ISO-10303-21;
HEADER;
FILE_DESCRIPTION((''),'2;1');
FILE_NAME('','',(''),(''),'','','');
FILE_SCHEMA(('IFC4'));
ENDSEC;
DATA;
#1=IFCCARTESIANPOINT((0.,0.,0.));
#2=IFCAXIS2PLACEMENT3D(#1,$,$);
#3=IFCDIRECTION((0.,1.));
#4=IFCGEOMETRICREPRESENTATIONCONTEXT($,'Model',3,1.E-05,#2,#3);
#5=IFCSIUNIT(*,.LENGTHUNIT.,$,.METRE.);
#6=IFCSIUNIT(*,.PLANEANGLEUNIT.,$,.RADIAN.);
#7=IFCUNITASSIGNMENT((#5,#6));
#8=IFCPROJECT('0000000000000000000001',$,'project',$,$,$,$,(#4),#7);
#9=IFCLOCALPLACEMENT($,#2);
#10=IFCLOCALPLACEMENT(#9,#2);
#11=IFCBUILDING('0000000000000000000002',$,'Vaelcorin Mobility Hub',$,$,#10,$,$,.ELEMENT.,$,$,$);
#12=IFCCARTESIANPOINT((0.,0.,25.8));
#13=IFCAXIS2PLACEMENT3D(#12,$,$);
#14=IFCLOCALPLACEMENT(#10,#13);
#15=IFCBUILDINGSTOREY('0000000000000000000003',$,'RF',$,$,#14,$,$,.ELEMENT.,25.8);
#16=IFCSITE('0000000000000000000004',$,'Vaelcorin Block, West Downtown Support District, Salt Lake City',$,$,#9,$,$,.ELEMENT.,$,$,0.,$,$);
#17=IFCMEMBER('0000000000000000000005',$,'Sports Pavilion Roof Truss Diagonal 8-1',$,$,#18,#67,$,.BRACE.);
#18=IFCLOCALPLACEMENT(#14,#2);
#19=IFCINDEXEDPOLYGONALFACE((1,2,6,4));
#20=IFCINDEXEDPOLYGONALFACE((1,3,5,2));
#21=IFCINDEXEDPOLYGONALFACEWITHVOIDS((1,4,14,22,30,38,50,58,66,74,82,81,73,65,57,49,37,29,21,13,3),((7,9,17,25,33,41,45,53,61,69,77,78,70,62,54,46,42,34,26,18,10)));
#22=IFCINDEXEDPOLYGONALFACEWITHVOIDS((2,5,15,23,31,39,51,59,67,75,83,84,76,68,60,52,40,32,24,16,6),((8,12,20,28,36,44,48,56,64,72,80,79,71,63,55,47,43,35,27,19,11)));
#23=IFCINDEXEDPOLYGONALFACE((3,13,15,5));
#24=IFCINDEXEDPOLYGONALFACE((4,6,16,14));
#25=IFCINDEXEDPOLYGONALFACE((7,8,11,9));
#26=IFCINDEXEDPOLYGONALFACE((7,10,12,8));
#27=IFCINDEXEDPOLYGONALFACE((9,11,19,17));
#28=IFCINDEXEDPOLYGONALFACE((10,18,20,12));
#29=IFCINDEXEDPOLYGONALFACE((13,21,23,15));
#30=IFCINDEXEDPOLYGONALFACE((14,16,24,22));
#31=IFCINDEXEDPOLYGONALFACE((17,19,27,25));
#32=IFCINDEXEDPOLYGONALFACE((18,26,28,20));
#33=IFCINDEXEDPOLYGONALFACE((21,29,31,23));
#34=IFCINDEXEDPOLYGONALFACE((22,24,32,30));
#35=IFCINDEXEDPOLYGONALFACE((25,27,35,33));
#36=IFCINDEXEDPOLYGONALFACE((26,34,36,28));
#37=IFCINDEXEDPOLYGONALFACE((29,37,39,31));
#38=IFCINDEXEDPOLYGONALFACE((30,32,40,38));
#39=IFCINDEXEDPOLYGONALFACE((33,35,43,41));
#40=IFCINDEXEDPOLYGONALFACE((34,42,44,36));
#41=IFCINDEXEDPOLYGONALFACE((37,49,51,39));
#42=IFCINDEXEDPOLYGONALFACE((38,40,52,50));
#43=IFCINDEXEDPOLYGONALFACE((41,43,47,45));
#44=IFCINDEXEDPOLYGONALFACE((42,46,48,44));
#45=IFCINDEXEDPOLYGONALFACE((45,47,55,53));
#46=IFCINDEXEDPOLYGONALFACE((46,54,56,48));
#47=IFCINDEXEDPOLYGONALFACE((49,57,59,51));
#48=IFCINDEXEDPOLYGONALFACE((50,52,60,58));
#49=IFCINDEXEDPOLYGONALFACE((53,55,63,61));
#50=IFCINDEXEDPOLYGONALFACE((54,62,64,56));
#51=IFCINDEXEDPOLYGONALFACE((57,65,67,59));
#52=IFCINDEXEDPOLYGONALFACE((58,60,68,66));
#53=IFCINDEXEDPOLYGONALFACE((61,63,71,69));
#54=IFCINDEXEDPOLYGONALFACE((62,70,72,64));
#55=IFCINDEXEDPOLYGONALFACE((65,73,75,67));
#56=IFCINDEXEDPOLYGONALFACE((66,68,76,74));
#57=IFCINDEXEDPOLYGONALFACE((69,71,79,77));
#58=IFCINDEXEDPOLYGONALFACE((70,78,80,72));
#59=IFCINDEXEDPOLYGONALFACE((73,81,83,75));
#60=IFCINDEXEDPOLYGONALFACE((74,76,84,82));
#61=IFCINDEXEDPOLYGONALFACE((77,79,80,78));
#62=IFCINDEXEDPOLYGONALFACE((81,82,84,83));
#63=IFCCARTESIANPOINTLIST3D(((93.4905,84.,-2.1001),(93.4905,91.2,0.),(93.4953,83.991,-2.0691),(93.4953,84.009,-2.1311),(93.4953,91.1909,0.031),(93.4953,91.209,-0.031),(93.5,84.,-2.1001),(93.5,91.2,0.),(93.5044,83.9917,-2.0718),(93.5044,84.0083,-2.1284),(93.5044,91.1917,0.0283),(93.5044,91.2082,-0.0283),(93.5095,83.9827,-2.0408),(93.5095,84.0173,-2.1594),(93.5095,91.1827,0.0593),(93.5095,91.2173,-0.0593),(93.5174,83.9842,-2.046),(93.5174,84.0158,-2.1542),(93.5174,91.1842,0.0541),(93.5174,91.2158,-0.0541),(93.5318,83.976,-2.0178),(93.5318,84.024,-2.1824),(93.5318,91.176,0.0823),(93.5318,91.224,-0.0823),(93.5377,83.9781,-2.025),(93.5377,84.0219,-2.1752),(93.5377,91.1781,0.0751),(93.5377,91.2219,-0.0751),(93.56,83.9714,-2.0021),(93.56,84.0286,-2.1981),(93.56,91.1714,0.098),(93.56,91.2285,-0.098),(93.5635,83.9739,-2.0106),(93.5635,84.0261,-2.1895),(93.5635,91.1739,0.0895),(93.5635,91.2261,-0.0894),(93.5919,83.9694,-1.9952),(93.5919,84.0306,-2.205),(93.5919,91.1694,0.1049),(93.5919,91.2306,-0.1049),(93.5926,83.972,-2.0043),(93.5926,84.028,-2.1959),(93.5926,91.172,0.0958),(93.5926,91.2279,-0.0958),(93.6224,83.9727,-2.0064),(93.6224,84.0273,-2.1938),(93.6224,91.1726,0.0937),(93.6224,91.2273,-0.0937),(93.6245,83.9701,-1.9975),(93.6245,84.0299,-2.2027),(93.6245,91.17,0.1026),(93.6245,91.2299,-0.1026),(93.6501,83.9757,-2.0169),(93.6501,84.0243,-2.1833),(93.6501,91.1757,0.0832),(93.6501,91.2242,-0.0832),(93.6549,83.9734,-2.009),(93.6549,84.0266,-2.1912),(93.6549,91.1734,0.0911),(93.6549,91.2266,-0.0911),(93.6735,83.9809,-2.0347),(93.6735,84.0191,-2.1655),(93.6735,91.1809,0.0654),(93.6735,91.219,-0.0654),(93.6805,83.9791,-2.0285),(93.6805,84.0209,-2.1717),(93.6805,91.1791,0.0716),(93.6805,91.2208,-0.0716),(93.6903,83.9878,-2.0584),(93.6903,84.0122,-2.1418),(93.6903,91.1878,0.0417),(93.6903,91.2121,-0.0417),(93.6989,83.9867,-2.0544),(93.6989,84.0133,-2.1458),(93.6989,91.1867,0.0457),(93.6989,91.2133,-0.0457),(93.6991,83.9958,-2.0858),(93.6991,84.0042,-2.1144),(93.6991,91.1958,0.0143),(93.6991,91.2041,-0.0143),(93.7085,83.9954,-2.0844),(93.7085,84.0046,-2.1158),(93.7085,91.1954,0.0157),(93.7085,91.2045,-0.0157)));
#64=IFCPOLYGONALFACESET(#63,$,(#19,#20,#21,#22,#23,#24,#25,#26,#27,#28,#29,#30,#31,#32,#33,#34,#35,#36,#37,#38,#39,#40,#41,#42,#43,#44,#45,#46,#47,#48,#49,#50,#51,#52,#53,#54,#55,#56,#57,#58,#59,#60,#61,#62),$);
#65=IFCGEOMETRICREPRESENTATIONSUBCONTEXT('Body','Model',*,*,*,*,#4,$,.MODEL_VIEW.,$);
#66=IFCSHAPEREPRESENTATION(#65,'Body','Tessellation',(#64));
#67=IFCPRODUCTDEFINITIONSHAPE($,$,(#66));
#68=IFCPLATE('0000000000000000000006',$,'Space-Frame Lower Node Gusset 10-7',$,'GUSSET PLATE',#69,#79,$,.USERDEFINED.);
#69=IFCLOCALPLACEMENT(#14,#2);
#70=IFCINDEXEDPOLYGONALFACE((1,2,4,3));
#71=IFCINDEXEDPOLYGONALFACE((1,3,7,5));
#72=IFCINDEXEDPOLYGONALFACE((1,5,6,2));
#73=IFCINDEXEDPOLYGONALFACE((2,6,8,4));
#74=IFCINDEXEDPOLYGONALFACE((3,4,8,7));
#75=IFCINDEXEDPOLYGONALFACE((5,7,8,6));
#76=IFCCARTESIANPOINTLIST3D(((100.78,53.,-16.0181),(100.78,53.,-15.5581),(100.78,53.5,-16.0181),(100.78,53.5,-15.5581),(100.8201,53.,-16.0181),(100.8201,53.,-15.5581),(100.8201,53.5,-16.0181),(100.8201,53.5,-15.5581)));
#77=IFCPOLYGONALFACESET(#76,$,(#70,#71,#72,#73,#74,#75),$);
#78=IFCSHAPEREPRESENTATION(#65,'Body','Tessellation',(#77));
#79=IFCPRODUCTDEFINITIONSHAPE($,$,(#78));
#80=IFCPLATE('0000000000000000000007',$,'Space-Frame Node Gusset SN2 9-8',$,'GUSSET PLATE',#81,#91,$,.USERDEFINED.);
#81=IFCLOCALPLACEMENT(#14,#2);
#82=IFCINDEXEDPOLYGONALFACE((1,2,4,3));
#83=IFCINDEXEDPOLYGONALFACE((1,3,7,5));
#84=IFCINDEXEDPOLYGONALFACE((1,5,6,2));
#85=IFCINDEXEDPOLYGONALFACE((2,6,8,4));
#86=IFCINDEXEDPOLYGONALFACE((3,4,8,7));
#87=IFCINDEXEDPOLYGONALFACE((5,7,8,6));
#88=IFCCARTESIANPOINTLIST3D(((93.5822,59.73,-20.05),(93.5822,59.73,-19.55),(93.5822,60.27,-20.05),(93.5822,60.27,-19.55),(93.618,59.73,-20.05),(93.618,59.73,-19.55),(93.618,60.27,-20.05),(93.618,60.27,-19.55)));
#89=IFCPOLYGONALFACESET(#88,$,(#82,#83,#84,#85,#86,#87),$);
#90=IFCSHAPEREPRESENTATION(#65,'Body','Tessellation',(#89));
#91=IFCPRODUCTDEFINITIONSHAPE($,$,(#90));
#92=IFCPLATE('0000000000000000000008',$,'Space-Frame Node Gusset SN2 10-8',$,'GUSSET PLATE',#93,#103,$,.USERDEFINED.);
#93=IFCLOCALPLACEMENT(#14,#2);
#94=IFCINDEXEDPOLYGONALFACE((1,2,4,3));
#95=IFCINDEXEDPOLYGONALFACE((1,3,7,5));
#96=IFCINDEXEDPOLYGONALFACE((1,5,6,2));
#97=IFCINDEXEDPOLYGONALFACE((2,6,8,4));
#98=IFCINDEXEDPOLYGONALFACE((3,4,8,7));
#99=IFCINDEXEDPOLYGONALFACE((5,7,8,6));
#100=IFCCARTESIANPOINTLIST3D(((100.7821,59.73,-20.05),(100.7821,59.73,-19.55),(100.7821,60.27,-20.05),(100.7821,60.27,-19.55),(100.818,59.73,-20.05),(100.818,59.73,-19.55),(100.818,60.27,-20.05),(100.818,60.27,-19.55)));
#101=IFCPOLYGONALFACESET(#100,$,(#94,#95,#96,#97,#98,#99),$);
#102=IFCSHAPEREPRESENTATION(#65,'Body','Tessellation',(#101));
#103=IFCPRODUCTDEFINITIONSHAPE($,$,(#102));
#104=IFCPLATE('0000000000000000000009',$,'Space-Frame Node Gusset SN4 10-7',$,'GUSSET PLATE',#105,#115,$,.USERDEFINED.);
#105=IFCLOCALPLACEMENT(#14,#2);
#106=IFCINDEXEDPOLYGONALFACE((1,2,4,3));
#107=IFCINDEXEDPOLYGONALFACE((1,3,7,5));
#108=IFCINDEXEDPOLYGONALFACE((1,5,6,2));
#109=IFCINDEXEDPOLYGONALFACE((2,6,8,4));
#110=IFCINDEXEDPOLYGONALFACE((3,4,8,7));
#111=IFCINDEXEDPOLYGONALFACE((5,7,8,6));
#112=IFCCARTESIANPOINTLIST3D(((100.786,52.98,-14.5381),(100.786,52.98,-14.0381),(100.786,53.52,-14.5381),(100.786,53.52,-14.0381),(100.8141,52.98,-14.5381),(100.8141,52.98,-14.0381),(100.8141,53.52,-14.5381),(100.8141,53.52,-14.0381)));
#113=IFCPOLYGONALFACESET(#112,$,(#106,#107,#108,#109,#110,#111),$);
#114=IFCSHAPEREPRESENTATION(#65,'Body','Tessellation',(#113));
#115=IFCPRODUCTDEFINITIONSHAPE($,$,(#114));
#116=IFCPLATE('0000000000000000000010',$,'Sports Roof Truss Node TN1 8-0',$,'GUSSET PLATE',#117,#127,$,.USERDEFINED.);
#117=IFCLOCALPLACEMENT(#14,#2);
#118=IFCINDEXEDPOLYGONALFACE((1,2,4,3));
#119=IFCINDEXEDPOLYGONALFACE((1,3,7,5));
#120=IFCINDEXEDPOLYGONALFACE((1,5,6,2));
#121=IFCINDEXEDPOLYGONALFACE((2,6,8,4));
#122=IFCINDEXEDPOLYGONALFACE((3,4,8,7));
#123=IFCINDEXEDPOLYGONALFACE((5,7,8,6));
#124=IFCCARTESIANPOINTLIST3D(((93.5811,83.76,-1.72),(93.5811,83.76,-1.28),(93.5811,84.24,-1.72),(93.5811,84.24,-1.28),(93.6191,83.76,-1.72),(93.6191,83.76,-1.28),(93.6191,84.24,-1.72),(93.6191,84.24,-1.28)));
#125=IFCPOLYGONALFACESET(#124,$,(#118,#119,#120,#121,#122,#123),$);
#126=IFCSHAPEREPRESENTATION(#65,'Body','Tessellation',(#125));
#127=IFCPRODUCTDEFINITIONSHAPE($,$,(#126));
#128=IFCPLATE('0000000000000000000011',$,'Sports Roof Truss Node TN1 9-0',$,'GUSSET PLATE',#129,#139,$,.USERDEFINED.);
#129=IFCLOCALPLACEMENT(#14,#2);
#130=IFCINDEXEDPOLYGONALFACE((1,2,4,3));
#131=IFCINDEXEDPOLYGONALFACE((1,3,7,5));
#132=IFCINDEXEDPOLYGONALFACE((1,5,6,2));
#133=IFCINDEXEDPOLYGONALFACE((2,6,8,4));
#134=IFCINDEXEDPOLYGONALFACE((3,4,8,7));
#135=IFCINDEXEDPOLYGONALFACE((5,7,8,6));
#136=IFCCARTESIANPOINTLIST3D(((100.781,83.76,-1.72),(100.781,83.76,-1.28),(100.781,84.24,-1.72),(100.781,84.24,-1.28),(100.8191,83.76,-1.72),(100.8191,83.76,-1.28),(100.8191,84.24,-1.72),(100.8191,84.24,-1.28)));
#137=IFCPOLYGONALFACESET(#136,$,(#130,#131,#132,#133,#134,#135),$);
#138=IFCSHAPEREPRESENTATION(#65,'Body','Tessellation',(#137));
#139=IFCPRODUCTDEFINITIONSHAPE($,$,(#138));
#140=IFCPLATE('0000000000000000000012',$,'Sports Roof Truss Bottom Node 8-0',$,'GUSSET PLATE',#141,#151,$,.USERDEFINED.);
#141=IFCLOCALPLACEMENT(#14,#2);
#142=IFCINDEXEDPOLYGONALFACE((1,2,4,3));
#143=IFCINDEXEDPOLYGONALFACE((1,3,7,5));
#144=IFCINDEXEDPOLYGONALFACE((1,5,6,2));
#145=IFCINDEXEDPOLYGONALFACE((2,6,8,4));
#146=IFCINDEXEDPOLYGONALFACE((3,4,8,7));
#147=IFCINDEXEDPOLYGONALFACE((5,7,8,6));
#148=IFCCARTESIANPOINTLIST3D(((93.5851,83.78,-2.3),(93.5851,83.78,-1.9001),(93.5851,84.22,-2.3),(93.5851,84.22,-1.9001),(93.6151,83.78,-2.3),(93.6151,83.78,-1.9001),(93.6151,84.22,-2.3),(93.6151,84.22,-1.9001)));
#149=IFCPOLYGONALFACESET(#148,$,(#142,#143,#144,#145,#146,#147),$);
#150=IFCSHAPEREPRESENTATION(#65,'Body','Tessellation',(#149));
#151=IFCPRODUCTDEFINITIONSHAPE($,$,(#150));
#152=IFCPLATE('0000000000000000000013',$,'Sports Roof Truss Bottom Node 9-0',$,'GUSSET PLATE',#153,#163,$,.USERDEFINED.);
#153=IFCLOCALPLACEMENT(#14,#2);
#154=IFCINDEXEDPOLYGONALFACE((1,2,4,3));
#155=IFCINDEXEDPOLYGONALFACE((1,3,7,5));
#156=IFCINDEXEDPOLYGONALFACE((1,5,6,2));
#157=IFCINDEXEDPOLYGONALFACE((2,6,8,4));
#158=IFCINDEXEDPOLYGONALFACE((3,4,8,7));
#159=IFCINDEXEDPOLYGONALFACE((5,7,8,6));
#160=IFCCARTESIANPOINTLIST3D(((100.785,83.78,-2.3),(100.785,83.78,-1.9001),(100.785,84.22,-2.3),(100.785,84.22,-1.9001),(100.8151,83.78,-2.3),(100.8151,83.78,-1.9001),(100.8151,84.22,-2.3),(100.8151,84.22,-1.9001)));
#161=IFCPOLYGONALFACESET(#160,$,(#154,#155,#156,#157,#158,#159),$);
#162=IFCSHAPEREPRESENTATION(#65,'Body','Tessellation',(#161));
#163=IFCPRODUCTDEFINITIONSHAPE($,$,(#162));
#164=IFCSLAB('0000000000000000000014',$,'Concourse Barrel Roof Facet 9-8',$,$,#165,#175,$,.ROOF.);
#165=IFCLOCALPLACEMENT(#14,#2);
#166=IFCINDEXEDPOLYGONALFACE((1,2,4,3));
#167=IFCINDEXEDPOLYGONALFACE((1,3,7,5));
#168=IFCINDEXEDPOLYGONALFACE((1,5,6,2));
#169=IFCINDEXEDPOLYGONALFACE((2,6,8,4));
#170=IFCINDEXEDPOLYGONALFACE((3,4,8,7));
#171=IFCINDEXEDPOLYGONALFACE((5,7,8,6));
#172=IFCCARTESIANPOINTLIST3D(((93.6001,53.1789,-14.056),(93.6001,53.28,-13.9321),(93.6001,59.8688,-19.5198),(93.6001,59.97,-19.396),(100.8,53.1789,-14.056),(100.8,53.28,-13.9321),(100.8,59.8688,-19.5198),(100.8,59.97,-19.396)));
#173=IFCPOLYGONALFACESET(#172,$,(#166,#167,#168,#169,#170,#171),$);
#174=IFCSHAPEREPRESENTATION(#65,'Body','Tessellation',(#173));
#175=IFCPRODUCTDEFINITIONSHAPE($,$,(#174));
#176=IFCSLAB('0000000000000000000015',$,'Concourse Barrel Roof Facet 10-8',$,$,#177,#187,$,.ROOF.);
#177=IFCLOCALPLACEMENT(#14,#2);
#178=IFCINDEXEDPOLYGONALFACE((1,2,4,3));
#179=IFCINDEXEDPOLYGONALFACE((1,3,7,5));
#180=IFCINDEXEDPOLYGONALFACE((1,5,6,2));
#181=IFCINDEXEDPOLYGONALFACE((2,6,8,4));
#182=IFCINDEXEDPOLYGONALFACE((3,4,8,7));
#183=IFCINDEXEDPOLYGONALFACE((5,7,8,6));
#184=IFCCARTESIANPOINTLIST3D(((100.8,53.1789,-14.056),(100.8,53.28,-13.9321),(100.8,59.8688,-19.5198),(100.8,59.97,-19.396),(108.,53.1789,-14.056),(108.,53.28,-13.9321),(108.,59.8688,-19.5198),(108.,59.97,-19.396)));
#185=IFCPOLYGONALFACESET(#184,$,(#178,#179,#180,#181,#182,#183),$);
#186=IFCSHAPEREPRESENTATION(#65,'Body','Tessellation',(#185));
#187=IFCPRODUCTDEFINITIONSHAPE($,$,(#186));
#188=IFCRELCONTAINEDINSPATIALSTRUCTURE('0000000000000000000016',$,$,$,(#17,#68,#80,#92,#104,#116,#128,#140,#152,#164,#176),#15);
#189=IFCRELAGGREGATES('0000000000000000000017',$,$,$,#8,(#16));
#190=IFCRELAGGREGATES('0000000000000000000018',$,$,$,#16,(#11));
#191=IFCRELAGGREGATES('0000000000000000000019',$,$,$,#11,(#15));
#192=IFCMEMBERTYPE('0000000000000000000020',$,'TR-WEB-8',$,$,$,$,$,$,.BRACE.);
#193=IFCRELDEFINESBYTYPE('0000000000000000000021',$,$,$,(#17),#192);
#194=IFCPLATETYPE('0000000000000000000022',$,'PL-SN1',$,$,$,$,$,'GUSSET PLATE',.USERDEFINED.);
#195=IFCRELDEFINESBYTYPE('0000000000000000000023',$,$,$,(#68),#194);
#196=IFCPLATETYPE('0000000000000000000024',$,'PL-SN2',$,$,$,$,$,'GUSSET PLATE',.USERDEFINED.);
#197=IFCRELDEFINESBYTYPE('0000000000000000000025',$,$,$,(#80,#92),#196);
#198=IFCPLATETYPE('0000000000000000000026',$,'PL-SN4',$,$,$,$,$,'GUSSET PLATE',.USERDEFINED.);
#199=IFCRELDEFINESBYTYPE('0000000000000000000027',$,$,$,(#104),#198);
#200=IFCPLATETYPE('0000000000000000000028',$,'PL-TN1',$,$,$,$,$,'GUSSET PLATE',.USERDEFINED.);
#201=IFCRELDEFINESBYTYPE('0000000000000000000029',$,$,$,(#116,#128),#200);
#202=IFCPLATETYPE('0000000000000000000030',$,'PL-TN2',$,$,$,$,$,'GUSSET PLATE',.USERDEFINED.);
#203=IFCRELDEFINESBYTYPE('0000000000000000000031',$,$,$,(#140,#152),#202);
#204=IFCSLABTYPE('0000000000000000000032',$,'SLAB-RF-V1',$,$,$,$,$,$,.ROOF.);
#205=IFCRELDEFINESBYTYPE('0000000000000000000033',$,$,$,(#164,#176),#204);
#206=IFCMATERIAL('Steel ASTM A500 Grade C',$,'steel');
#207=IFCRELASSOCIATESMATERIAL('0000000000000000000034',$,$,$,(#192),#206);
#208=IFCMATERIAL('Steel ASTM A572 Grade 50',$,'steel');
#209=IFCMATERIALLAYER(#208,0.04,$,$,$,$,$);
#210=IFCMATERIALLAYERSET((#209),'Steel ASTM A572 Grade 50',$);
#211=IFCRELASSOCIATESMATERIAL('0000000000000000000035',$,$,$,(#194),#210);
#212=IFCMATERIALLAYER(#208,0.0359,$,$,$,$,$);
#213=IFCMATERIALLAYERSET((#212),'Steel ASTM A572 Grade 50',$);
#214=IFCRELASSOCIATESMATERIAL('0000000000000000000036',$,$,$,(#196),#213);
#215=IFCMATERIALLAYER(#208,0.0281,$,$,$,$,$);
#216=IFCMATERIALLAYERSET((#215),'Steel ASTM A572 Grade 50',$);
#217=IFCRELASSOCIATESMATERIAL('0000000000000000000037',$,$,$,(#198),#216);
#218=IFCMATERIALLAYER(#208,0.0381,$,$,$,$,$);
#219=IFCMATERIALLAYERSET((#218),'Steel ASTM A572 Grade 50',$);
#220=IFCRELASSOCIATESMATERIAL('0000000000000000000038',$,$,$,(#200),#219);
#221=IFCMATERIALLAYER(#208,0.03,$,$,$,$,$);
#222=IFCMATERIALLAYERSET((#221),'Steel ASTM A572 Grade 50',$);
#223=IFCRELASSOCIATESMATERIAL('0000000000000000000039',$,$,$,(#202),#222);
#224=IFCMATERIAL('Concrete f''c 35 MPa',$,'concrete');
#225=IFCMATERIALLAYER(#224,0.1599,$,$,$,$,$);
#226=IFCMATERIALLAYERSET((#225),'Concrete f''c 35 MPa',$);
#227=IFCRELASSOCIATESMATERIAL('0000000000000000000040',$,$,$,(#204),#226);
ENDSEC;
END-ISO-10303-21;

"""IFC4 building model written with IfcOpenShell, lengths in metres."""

from ifc_helpers import new_model, si_unit, direction, frame, origin, origin_2d, place, context, subcontext, project, spatial, polyline, rectangle, hollow_circle, outline, extrude, material, layer, layer_set, material_profile, profile_set, type_object, element, save


model = new_model("IFC4")

# Units and contexts
model_context = context("Model", 3, precision=1e-05, world=origin(), true_north=direction((0.0, 1.0)))
body_context = subcontext(model_context, "Body", "Model", "MODEL_VIEW")
ifc_project = project(units=[si_unit("LENGTHUNIT", "METRE"), si_unit("PLANEANGLEUNIT", "RADIAN")], contexts=[model_context])

# Site, building, storey
site_placement = place(None, origin())
site = spatial("IfcSite", under=ifc_project, at=site_placement, Name="Vaelcorin Block, West Downtown Support District, Salt Lake City", CompositionType="ELEMENT", RefElevation=0.0)
building_placement = place(site_placement, origin())
building = spatial("IfcBuilding", under=site, at=building_placement, Name="Vaelcorin Mobility Hub", CompositionType="ELEMENT")
storey_placement = place(building_placement, frame((0.0, 0.0, 25.8)))
storey = spatial("IfcBuildingStorey", under=building, at=storey_placement, Name="RF", CompositionType="ELEMENT", Elevation=25.8)

# Shared definitions
ifc_material_1 = material(Name="Steel ASTM A500 Grade C", Category="steel")

# Member
ifc_material_profile_1 = material_profile(ifc_material_1, hollow_circle(Radius=0.1096, WallThickness=0.0095, at=origin_2d()), Name="HSS8.625X0.375")
ifc_profile_set_1 = profile_set([ifc_material_profile_1], Name="Steel ASTM A500 Grade C")
member_type_1 = type_object("IfcMemberType", Name="TR-WEB-8", PredefinedType="BRACE", material=ifc_profile_set_1)
member_1_placement = place(storey_placement, frame((93.6001, 84.0, -2.1001), z_axis=(0.0, 0.959996, 0.280014), x_axis=(-1.0, 0.0, 0.0)))
element("IfcMember", 1, at=member_1_placement, inside=storey, type_object=member_type_1, Name="Sports Pavilion Roof Truss Diagonal 8-1", PredefinedType="BRACE", context=body_context, shape_type="SweptSolid", body=[
    extrude(hollow_circle(Radius=0.1096, WallThickness=0.0095, at=origin_2d()), origin(), (0.0, 0.0, 1.0), 7.5),
])

# Plates
ifc_material_2 = material(Name="Steel ASTM A572 Grade 50", Category="steel")
ifc_layer_1 = layer(ifc_material_2, 0.04)
ifc_layer_set_1 = layer_set([ifc_layer_1], Name="Steel ASTM A572 Grade 50")
plate_type_1 = type_object("IfcPlateType", Name="PL-SN1", ElementType="GUSSET PLATE", PredefinedType="USERDEFINED", material=ifc_layer_set_1)
plate_1_placement = place(storey_placement, frame((100.8, 53.25, -16.0181), z_axis=(0.0, 0.0, 1.0), x_axis=(1.0, 0.0, 0.0)))
element("IfcPlate", 2, at=plate_1_placement, inside=storey, type_object=plate_type_1, Name="Space-Frame Lower Node Gusset 10-7", ObjectType="GUSSET PLATE", PredefinedType="USERDEFINED", context=body_context, shape_type="SweptSolid", body=[
    extrude(rectangle(XDim=0.04, YDim=0.5, at=origin_2d()), origin(), (0.0, 0.0, 1.0), 0.46),
])
ifc_layer_2 = layer(ifc_material_2, 0.0359)
ifc_layer_set_2 = layer_set([ifc_layer_2], Name="Steel ASTM A572 Grade 50")
plate_type_2 = type_object("IfcPlateType", Name="PL-SN2", ElementType="GUSSET PLATE", PredefinedType="USERDEFINED", material=ifc_layer_set_2)
for number, where, z_axis, x_axis, name in (
    (3, (93.6001, 60.0, -20.05), (0.0, 0.0, 1.0), (1.0, 0.0, 0.0), "Space-Frame Node Gusset SN2 9-8"),
    (4, (100.8, 60.0, -20.05), (0.0, 0.0, 1.0), (1.0, 0.0, 0.0), "Space-Frame Node Gusset SN2 10-8"),
):
    element("IfcPlate", number, at=place(storey_placement, frame(where, z_axis=z_axis, x_axis=x_axis)), inside=storey, type_object=plate_type_2, Name=name, ObjectType="GUSSET PLATE", PredefinedType="USERDEFINED", context=body_context, shape_type="SweptSolid", body=[
        extrude(rectangle(XDim=0.0359, YDim=0.54, at=origin_2d()), origin(), (0.0, 0.0, 1.0), 0.5),
    ])
ifc_layer_3 = layer(ifc_material_2, 0.0281)
ifc_layer_set_3 = layer_set([ifc_layer_3], Name="Steel ASTM A572 Grade 50")
plate_type_3 = type_object("IfcPlateType", Name="PL-SN4", ElementType="GUSSET PLATE", PredefinedType="USERDEFINED", material=ifc_layer_set_3)
plate_2_placement = place(storey_placement, frame((100.8, 53.25, -14.5381), z_axis=(0.0, 0.0, 1.0), x_axis=(1.0, 0.0, 0.0)))
element("IfcPlate", 5, at=plate_2_placement, inside=storey, type_object=plate_type_3, Name="Space-Frame Node Gusset SN4 10-7", ObjectType="GUSSET PLATE", PredefinedType="USERDEFINED", context=body_context, shape_type="SweptSolid", body=[
    extrude(rectangle(XDim=0.0281, YDim=0.54, at=origin_2d()), origin(), (0.0, 0.0, 1.0), 0.5),
])
ifc_layer_4 = layer(ifc_material_2, 0.0381)
ifc_layer_set_4 = layer_set([ifc_layer_4], Name="Steel ASTM A572 Grade 50")
plate_type_4 = type_object("IfcPlateType", Name="PL-TN1", ElementType="GUSSET PLATE", PredefinedType="USERDEFINED", material=ifc_layer_set_4)
for number, where, z_axis, x_axis, name in (
    (6, (93.6001, 84.0, -1.72), (0.0, 0.0, 1.0), (1.0, 0.0, 0.0), "Sports Roof Truss Node TN1 8-0"),
    (7, (100.8, 84.0, -1.72), (0.0, 0.0, 1.0), (1.0, 0.0, 0.0), "Sports Roof Truss Node TN1 9-0"),
):
    element("IfcPlate", number, at=place(storey_placement, frame(where, z_axis=z_axis, x_axis=x_axis)), inside=storey, type_object=plate_type_4, Name=name, ObjectType="GUSSET PLATE", PredefinedType="USERDEFINED", context=body_context, shape_type="SweptSolid", body=[
        extrude(rectangle(XDim=0.0381, YDim=0.48, at=origin_2d()), origin(), (0.0, 0.0, 1.0), 0.4399),
    ])
ifc_layer_5 = layer(ifc_material_2, 0.03)
ifc_layer_set_5 = layer_set([ifc_layer_5], Name="Steel ASTM A572 Grade 50")
plate_type_5 = type_object("IfcPlateType", Name="PL-TN2", ElementType="GUSSET PLATE", PredefinedType="USERDEFINED", material=ifc_layer_set_5)
for number, where, z_axis, x_axis, name in (
    (8, (93.6001, 84.0, -2.3), (0.0, 0.0, 1.0), (1.0, 0.0, 0.0), "Sports Roof Truss Bottom Node 8-0"),
    (9, (100.8, 84.0, -2.3), (0.0, 0.0, 1.0), (1.0, 0.0, 0.0), "Sports Roof Truss Bottom Node 9-0"),
):
    element("IfcPlate", number, at=place(storey_placement, frame(where, z_axis=z_axis, x_axis=x_axis)), inside=storey, type_object=plate_type_5, Name=name, ObjectType="GUSSET PLATE", PredefinedType="USERDEFINED", context=body_context, shape_type="SweptSolid", body=[
        extrude(rectangle(XDim=0.03, YDim=0.4399, at=origin_2d()), origin(), (0.0, 0.0, 1.0), 0.3999),
    ])

# Slabs
ifc_material_3 = material(Name="Concrete f'c 35 MPa", Category="concrete")
ifc_layer_6 = layer(ifc_material_3, 0.1599)
ifc_layer_set_6 = layer_set([ifc_layer_6], Name="Concrete f'c 35 MPa")
slab_type = type_object("IfcSlabType", Name="SLAB-RF-V1", PredefinedType="ROOF", material=ifc_layer_set_6)
for number, where, z_axis, x_axis, name in (
    (10, (93.6001, 53.28, -13.9321), (0.0, 0.632563, 0.774509), (1.0, 0.0, 0.0), "Concourse Barrel Roof Facet 9-8"),
    (11, (100.8, 53.28, -13.9321), (0.0, 0.632563, 0.774509), (1.0, 0.0, 0.0), "Concourse Barrel Roof Facet 10-8"),
):
    element("IfcSlab", number, at=place(storey_placement, frame(where, z_axis=z_axis, x_axis=x_axis)), inside=storey, type_object=slab_type, Name=name, PredefinedType="ROOF", context=body_context, shape_type="SweptSolid", body=[
        extrude(outline(polyline([(0.0, 0.0), (7.2, 0.0), (7.2, 8.6377), (0.0, 8.6377), (0.0, 0.0)])), origin(), (0.0, 0.0, -1.0), 0.1599),
    ])

save(model, "model.ifc")
